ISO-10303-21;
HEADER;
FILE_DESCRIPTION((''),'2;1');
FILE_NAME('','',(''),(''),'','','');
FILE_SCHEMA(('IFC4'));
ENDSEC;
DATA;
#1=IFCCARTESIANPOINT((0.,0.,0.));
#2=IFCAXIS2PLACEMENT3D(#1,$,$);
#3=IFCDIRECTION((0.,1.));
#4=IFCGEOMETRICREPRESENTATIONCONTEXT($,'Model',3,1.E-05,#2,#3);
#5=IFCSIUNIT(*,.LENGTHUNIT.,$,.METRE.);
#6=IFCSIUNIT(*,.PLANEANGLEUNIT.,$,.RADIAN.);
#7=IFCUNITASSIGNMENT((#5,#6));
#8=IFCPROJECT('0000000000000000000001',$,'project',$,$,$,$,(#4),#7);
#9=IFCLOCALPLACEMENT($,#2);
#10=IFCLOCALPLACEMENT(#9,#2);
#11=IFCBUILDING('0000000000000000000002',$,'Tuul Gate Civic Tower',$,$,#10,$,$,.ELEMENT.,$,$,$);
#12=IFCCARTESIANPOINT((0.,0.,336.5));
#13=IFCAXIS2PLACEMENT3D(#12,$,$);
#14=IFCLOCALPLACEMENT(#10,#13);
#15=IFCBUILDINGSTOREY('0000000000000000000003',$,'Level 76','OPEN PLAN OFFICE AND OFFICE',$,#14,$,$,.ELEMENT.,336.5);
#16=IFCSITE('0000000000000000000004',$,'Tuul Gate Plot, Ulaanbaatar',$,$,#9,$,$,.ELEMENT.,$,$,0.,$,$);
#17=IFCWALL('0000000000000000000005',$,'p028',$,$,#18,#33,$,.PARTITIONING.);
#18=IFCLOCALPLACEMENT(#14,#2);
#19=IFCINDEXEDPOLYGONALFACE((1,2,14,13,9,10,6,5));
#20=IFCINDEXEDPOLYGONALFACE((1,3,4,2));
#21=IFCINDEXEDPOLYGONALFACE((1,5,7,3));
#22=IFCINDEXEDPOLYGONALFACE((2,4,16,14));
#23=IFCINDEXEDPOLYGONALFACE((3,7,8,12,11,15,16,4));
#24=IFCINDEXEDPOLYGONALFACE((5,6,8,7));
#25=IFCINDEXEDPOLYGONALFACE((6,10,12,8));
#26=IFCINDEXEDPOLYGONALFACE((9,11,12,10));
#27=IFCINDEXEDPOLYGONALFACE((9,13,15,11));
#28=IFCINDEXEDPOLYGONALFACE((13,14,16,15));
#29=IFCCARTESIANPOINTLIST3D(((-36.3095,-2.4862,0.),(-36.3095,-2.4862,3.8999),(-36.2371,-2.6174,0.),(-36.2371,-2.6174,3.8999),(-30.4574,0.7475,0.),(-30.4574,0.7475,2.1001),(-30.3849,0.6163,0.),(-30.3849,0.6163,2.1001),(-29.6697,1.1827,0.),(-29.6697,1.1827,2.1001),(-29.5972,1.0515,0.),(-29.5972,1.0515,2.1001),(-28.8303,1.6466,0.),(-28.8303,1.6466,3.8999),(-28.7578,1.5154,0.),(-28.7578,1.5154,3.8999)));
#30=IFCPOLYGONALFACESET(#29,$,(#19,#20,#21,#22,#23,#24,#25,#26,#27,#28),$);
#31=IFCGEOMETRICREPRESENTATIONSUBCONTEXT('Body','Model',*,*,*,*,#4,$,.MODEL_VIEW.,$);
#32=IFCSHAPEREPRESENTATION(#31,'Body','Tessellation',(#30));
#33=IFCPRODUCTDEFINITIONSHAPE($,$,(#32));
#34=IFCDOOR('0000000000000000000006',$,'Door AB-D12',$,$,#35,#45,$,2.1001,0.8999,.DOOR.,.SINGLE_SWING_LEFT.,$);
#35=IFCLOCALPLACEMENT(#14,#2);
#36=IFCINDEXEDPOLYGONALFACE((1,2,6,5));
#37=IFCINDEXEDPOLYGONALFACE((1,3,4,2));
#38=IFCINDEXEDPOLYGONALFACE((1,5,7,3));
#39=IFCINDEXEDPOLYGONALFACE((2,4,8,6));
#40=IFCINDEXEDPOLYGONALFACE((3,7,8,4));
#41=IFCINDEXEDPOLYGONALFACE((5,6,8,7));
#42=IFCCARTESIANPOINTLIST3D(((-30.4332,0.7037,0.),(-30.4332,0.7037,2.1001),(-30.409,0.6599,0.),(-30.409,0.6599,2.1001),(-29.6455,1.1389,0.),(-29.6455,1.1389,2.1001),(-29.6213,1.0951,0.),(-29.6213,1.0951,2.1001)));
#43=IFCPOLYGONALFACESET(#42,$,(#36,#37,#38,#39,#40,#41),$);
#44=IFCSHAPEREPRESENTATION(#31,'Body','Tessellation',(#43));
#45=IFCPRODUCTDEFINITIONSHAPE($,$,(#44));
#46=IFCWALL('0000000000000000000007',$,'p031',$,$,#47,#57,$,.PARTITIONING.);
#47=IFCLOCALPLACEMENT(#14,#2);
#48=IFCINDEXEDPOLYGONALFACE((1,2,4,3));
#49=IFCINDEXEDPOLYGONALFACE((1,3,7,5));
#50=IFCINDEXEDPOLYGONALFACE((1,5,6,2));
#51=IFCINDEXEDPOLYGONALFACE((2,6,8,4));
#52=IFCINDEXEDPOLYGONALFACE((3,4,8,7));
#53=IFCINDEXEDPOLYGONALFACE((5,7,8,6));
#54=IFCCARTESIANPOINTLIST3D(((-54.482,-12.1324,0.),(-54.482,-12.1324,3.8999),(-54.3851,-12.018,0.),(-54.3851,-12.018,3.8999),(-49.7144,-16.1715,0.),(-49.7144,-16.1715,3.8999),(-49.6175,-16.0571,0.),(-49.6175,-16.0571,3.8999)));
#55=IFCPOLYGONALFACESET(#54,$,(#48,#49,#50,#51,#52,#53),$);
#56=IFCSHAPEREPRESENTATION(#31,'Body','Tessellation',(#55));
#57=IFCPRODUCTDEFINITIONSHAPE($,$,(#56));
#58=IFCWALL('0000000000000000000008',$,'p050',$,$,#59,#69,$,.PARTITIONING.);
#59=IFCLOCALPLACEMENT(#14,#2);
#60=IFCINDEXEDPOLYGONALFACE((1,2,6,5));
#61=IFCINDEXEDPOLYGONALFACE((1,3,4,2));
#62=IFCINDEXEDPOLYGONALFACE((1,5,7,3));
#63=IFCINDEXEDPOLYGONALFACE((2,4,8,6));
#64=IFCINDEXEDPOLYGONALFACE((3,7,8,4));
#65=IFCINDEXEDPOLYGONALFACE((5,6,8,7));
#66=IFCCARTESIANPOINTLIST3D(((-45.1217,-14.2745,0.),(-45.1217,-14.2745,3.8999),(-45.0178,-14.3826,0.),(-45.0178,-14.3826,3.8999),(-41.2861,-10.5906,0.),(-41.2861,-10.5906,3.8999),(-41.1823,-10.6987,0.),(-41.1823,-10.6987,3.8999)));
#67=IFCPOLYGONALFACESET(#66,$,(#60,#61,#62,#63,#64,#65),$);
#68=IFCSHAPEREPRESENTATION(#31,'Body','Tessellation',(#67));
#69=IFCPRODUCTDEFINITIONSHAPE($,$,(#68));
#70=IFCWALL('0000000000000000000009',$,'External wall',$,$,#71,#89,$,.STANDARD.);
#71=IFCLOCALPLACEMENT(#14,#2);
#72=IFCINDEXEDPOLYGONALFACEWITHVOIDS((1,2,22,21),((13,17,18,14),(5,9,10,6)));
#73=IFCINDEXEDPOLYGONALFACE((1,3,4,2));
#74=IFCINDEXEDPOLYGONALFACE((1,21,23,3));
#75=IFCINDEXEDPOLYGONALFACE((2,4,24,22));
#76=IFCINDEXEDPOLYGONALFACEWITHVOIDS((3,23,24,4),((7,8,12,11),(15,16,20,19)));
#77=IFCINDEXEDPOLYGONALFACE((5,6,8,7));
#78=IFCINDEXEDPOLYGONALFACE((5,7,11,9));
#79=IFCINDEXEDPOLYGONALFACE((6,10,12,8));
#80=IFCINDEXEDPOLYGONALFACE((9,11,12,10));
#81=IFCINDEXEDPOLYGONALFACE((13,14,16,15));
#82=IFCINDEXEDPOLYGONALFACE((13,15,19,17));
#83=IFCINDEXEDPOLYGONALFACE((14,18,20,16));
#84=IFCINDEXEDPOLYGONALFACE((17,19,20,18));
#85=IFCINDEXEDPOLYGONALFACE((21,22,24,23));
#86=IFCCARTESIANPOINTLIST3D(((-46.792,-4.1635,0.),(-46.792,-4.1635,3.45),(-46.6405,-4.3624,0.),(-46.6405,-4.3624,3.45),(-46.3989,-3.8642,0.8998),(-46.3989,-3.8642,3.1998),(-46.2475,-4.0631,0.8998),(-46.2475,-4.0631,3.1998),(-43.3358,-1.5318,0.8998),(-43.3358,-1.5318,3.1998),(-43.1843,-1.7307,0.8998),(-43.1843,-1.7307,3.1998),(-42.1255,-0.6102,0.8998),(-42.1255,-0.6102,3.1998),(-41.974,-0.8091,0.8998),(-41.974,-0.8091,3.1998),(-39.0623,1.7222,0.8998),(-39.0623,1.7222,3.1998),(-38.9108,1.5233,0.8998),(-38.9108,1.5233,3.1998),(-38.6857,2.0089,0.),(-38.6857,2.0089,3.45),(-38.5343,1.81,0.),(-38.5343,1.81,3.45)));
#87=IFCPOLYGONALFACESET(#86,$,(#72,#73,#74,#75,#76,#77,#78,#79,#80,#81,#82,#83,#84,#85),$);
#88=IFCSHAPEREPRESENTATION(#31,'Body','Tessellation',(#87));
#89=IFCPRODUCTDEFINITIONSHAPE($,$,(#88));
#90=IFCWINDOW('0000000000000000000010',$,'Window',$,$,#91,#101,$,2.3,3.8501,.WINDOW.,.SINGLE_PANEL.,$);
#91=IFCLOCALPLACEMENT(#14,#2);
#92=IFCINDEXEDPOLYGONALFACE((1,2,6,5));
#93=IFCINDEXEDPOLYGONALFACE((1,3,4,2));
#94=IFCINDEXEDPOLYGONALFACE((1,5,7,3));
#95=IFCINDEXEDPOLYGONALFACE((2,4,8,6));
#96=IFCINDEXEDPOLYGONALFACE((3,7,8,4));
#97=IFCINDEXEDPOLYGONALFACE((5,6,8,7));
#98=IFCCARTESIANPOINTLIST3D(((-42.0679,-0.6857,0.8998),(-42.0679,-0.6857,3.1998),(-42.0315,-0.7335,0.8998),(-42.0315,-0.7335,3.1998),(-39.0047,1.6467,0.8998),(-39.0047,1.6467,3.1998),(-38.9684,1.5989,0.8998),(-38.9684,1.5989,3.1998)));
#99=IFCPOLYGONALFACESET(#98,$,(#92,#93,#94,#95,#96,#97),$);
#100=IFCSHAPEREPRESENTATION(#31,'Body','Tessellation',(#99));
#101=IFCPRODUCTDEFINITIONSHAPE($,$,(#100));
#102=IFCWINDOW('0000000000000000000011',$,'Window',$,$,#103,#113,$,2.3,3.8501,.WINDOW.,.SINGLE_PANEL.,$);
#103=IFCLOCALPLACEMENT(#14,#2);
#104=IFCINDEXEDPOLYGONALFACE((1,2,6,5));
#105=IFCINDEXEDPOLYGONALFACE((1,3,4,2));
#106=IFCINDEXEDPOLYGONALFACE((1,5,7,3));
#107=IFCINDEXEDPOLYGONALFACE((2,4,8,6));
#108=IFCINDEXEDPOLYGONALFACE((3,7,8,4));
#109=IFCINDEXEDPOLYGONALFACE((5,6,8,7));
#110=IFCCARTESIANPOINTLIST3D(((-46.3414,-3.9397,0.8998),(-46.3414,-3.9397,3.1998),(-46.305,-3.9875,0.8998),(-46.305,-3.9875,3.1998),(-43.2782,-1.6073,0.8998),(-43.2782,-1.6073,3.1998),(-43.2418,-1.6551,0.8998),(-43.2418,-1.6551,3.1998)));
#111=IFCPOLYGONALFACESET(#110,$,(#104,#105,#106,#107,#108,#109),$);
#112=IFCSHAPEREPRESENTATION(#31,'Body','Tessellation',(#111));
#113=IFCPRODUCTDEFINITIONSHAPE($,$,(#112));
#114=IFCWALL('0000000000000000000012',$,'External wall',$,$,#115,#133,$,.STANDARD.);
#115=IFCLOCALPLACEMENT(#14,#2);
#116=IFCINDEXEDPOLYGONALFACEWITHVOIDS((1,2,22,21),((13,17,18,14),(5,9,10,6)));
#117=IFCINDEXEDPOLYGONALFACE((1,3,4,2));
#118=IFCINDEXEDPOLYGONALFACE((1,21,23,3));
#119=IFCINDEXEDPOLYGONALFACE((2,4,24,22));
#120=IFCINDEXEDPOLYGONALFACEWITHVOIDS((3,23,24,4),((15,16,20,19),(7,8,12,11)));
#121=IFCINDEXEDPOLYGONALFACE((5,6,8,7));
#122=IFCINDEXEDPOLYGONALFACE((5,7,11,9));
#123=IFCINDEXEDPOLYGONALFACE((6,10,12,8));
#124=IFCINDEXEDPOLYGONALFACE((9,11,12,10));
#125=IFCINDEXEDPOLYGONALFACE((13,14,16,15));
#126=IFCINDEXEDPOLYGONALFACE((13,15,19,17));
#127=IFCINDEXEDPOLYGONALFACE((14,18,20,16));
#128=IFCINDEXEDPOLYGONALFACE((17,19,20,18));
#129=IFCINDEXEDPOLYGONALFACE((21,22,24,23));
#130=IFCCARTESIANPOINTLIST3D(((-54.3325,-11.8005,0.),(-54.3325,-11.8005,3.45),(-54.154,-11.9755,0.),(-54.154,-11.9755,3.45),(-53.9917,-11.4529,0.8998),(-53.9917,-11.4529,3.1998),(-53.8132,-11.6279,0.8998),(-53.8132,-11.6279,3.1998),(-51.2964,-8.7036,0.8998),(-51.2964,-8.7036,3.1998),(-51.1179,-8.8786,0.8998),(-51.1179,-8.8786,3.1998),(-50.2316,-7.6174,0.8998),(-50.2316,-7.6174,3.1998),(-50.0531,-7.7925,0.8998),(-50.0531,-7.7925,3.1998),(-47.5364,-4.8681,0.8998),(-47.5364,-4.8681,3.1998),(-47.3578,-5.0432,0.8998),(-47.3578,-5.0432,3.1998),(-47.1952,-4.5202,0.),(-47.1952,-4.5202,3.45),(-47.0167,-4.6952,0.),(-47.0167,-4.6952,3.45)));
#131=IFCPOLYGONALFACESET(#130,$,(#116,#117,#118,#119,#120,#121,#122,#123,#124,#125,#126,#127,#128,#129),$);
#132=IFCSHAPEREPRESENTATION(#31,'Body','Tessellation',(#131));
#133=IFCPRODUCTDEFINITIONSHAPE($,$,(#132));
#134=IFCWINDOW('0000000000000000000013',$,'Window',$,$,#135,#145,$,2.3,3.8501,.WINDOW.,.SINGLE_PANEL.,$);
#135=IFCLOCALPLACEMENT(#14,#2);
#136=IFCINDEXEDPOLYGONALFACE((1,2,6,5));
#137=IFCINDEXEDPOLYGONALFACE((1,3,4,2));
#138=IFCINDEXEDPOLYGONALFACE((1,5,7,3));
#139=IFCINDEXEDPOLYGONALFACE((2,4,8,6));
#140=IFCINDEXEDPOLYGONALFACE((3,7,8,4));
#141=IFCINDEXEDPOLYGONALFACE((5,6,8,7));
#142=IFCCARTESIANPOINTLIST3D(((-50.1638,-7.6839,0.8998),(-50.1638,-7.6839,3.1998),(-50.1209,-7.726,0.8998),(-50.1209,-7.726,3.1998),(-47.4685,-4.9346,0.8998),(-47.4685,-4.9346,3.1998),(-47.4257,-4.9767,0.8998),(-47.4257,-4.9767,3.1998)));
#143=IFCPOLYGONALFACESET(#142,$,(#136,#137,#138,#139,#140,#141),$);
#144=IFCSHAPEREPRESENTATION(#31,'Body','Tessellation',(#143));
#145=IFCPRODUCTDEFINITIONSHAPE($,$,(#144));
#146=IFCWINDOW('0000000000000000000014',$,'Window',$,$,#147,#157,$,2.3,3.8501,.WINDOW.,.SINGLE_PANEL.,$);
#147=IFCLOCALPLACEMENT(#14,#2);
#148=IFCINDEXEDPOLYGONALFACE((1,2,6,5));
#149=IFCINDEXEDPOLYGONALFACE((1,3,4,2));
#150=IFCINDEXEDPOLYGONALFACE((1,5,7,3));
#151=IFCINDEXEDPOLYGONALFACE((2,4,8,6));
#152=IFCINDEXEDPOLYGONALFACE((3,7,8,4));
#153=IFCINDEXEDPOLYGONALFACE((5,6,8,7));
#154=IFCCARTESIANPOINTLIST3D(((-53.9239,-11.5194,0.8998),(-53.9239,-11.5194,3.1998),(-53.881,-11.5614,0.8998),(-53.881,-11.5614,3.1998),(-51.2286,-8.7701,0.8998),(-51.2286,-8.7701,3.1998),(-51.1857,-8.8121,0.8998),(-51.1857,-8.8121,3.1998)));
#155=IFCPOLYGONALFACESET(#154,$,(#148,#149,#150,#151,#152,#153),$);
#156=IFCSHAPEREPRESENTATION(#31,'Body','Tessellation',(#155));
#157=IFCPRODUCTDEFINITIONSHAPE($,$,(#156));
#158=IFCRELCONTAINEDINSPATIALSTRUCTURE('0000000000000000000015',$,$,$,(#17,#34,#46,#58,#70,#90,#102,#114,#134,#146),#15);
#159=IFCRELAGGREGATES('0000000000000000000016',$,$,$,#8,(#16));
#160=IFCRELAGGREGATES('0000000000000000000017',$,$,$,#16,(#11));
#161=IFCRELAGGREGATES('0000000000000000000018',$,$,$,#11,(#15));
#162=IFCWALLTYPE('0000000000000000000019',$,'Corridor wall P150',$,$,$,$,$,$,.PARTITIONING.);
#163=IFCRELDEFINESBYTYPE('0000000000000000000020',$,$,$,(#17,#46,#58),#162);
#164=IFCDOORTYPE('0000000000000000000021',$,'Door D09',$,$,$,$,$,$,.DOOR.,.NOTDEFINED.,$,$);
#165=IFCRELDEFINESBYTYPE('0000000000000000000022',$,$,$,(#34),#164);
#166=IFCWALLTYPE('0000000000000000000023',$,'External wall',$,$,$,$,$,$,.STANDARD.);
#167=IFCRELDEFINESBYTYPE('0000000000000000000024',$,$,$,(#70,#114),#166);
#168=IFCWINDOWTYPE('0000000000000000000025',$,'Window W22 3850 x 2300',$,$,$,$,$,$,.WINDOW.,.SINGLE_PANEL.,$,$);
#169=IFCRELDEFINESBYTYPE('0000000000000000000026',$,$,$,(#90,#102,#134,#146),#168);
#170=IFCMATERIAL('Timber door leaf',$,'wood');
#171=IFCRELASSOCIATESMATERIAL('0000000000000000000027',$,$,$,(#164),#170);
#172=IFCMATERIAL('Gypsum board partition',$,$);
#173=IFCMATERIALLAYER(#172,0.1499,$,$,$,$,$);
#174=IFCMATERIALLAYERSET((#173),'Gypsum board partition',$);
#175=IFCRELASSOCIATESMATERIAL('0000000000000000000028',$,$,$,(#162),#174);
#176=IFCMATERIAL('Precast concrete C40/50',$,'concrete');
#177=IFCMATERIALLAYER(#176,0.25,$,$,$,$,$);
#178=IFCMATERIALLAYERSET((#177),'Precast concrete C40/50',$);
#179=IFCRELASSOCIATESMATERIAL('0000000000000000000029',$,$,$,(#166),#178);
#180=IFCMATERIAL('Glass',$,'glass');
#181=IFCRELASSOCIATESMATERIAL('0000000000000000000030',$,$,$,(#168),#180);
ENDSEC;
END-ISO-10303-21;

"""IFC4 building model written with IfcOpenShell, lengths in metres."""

from ifc_helpers import new_model, si_unit, direction, frame, frame_2d, origin, place, context, subcontext, project, spatial, rectangle, extrude, material, layer, layer_set, type_object, element, fill, save


model = new_model("IFC4")

# Units and contexts
model_context = context("Model", 3, precision=1e-05, world=origin(), true_north=direction((0.0, 1.0)))
body_context = subcontext(model_context, "Body", "Model", "MODEL_VIEW")
ifc_project = project(units=[si_unit("LENGTHUNIT", "METRE"), si_unit("PLANEANGLEUNIT", "RADIAN")], contexts=[model_context])

# Site, building, storey
site_placement = place(None, origin())
site = spatial("IfcSite", under=ifc_project, at=site_placement, Name="Tuul Gate Plot, Ulaanbaatar", CompositionType="ELEMENT", RefElevation=0.0)
building_placement = place(site_placement, origin())
building = spatial("IfcBuilding", under=site, at=building_placement, Name="Tuul Gate Civic Tower", CompositionType="ELEMENT")
storey_placement = place(building_placement, frame((0.0, 0.0, 336.5)))
storey = spatial("IfcBuildingStorey", under=building, at=storey_placement, Name="Level 76", Description="OPEN PLAN OFFICE AND OFFICE", CompositionType="ELEMENT", Elevation=336.5)

# Wall, opening, door
ifc_material_1 = material(Name="Timber door leaf", Category="wood")
door_type = type_object("IfcDoorType", Name="Door D09", OperationType="NOTDEFINED", PredefinedType="DOOR", material=ifc_material_1)
ifc_material_2 = material(Name="Gypsum board partition")
ifc_layer_1 = layer(ifc_material_2, 0.1499)
ifc_layer_set_1 = layer_set([ifc_layer_1], Name="Gypsum board partition")
wall_type_1 = type_object("IfcWallType", Name="Corridor wall P150", PredefinedType="PARTITIONING", material=ifc_layer_set_1)
wall_1_placement = place(storey_placement, frame((-36.2732, -2.5518, 0.0), z_axis=(0.0, 0.0, 1.0), x_axis=(0.875264, 0.483645, 0.0)))
wall_1 = element("IfcWall", 1, at=wall_1_placement, inside=storey, type_object=wall_type_1, Name="p028", PredefinedType="PARTITIONING", context=body_context, shape_type="SweptSolid", body=[
    extrude(rectangle(XDim=8.5452, YDim=0.1499, at=frame_2d((4.2725, 0.0))), origin(), (0.0, 0.0, 1.0), 3.8999),
])
opening_1_placement = place(wall_1_placement, frame((6.686, 0.0, 0.0)))
opening_1 = element("IfcOpeningElement", 2, at=opening_1_placement, cuts=wall_1, PredefinedType="OPENING", context=body_context, shape_type="SweptSolid", body=[
    extrude(rectangle(XDim=0.8999, YDim=2.1001, at=frame_2d((0.45, 1.05))), frame((0.0, 0.085, 0.0), z_axis=(0.0, -1.0, 0.0), x_axis=(1.0, 0.0, 0.0)), (0.0, 0.0, 1.0), 0.1699),
])
door_1_placement = place(opening_1_placement, origin())
door_1 = element("IfcDoor", 3, at=door_1_placement, inside=storey, type_object=door_type, Name="Door AB-D12", OperationType="SINGLE_SWING_LEFT", OverallHeight=2.1001, OverallWidth=0.8999, PredefinedType="DOOR", context=body_context, shape_type="SweptSolid", body=[
    extrude(rectangle(XDim=0.8999, YDim=2.1001, at=frame_2d((0.45, 1.05))), frame((0.0, 0.0249, 0.0), z_axis=(0.0, -1.0, 0.0), x_axis=(1.0, 0.0, 0.0)), (0.0, 0.0, 1.0), 0.05),
])
fill(opening_1, door_1)

# Walls
wall_2_placement = place(storey_placement, frame((-54.4336, -12.0752, 0.0), z_axis=(0.0, 0.0, 1.0), x_axis=(0.762995, -0.646405, 0.0)))
element("IfcWall", 4, at=wall_2_placement, inside=storey, type_object=wall_type_1, Name="p031", PredefinedType="PARTITIONING", context=body_context, shape_type="SweptSolid", body=[
    extrude(rectangle(XDim=6.2485, YDim=0.1499, at=frame_2d((3.1243, 0.0))), origin(), (0.0, 0.0, 1.0), 3.8999),
])
wall_3_placement = place(storey_placement, frame((-45.0698, -14.3286, 0.0), z_axis=(0.0, 0.0, 1.0), x_axis=(0.721218, 0.692709, 0.0)))
element("IfcWall", 5, at=wall_3_placement, inside=storey, type_object=wall_type_1, Name="p050", PredefinedType="PARTITIONING", context=body_context, shape_type="SweptSolid", body=[
    extrude(rectangle(XDim=5.3181, YDim=0.1499, at=frame_2d((2.6592, 0.0))), origin(), (0.0, 0.0, 1.0), 3.8999),
])

# Walls, openings, windows
ifc_material_3 = material(Name="Precast concrete C40/50", Category="concrete")
ifc_layer_2 = layer(ifc_material_3, 0.25)
ifc_layer_set_2 = layer_set([ifc_layer_2], Name="Precast concrete C40/50")
wall_type_2 = type_object("IfcWallType", Name="External wall", PredefinedType="STANDARD", material=ifc_layer_set_2)
wall_4_placement = place(storey_placement, frame((-38.6101, 1.9094, 0.0), z_axis=(0.0, 0.0, 1.0), x_axis=(-0.795611, -0.605808, 0.0)))
wall_4 = element("IfcWall", 6, at=wall_4_placement, inside=storey, type_object=wall_type_2, Name="External wall", PredefinedType="STANDARD", context=body_context, shape_type="SweptSolid", body=[
    extrude(rectangle(XDim=10.1887, YDim=0.25, at=frame_2d((5.0942, 0.0))), origin(), (0.0, 0.0, 1.0), 3.45),
])
opening_2_placement = place(wall_4_placement, frame((0.4731, 0.0, 0.8999)))
opening_2 = element("IfcOpeningElement", 7, at=opening_2_placement, cuts=wall_4, PredefinedType="OPENING", context=body_context, shape_type="SweptSolid", body=[
    extrude(rectangle(XDim=3.8501, YDim=2.3, at=frame_2d((1.925, 1.1499))), frame((0.0, 0.135, 0.0), z_axis=(0.0, -1.0, 0.0), x_axis=(1.0, 0.0, 0.0)), (0.0, 0.0, 1.0), 0.27),
])
opening_3_placement = place(wall_4_placement, frame((5.8445, 0.0, 0.8999)))
opening_3 = element("IfcOpeningElement", 8, at=opening_3_placement, cuts=wall_4, PredefinedType="OPENING", context=body_context, shape_type="SweptSolid", body=[
    extrude(rectangle(XDim=3.8501, YDim=2.3, at=frame_2d((1.925, 1.1499))), frame((0.0, 0.135, 0.0), z_axis=(0.0, -1.0, 0.0), x_axis=(1.0, 0.0, 0.0)), (0.0, 0.0, 1.0), 0.27),
])
ifc_material_4 = material(Name="Glass", Category="glass")
window_type_1 = type_object("IfcWindowType", Name="Window W22 3850 x 2300", PartitioningType="SINGLE_PANEL", PredefinedType="WINDOW", material=ifc_material_4)
window_1_placement = place(opening_2_placement, origin())
window_1 = element("IfcWindow", 9, at=window_1_placement, inside=storey, type_object=window_type_1, Name="Window", OverallHeight=2.3, OverallWidth=3.8501, PartitioningType="SINGLE_PANEL", PredefinedType="WINDOW", context=body_context, shape_type="SweptSolid", body=[
    extrude(rectangle(XDim=3.8501, YDim=2.3, at=frame_2d((1.925, 1.1499))), frame((0.0, 0.03, 0.0), z_axis=(0.0, -1.0, 0.0), x_axis=(1.0, 0.0, 0.0)), (0.0, 0.0, 1.0), 0.0601),
])
fill(opening_2, window_1)
window_2_placement = place(opening_3_placement, origin())
window_2 = element("IfcWindow", 10, at=window_2_placement, inside=storey, type_object=window_type_1, Name="Window", OverallHeight=2.3, OverallWidth=3.8501, PartitioningType="SINGLE_PANEL", PredefinedType="WINDOW", context=body_context, shape_type="SweptSolid", body=[
    extrude(rectangle(XDim=3.8501, YDim=2.3, at=frame_2d((1.925, 1.1499))), frame((0.0, 0.03, 0.0), z_axis=(0.0, -1.0, 0.0), x_axis=(1.0, 0.0, 0.0)), (0.0, 0.0, 1.0), 0.0601),
])
fill(opening_3, window_2)
wall_5_placement = place(storey_placement, frame((-47.106, -4.6077, 0.0), z_axis=(0.0, 0.0, 1.0), x_axis=(-0.700056, -0.714088, 0.0)))
wall_5 = element("IfcWall", 11, at=wall_5_placement, inside=storey, type_object=wall_type_2, Name="External wall", PredefinedType="STANDARD", context=body_context, shape_type="SweptSolid", body=[
    extrude(rectangle(XDim=10.1953, YDim=0.25, at=frame_2d((5.0977, 0.0))), origin(), (0.0, 0.0, 1.0), 3.45),
])
opening_4_placement = place(wall_5_placement, frame((0.4873, 0.0, 0.8999)))
opening_4 = element("IfcOpeningElement", 12, at=opening_4_placement, cuts=wall_5, PredefinedType="OPENING", context=body_context, shape_type="SweptSolid", body=[
    extrude(rectangle(XDim=3.8501, YDim=2.3, at=frame_2d((1.925, 1.1499))), frame((0.0, 0.135, 0.0), z_axis=(0.0, -1.0, 0.0), x_axis=(1.0, 0.0, 0.0)), (0.0, 0.0, 1.0), 0.27),
])
opening_5_placement = place(wall_5_placement, frame((5.8584, 0.0, 0.8999)))
opening_5 = element("IfcOpeningElement", 13, at=opening_5_placement, cuts=wall_5, PredefinedType="OPENING", context=body_context, shape_type="SweptSolid", body=[
    extrude(rectangle(XDim=3.8501, YDim=2.3, at=frame_2d((1.925, 1.1499))), frame((0.0, 0.135, 0.0), z_axis=(0.0, -1.0, 0.0), x_axis=(1.0, 0.0, 0.0)), (0.0, 0.0, 1.0), 0.27),
])
window_3_placement = place(opening_4_placement, origin())
window_3 = element("IfcWindow", 14, at=window_3_placement, inside=storey, type_object=window_type_1, Name="Window", OverallHeight=2.3, OverallWidth=3.8501, PartitioningType="SINGLE_PANEL", PredefinedType="WINDOW", context=body_context, shape_type="SweptSolid", body=[
    extrude(rectangle(XDim=3.8501, YDim=2.3, at=frame_2d((1.925, 1.1499))), frame((0.0, 0.03, 0.0), z_axis=(0.0, -1.0, 0.0), x_axis=(1.0, 0.0, 0.0)), (0.0, 0.0, 1.0), 0.0601),
])
fill(opening_4, window_3)
window_4_placement = place(opening_5_placement, origin())
window_4 = element("IfcWindow", 15, at=window_4_placement, inside=storey, type_object=window_type_1, Name="Window", OverallHeight=2.3, OverallWidth=3.8501, PartitioningType="SINGLE_PANEL", PredefinedType="WINDOW", context=body_context, shape_type="SweptSolid", body=[
    extrude(rectangle(XDim=3.8501, YDim=2.3, at=frame_2d((1.925, 1.1499))), frame((0.0, 0.03, 0.0), z_axis=(0.0, -1.0, 0.0), x_axis=(1.0, 0.0, 0.0)), (0.0, 0.0, 1.0), 0.0601),
])
fill(opening_5, window_4)

save(model, "model.ifc")
